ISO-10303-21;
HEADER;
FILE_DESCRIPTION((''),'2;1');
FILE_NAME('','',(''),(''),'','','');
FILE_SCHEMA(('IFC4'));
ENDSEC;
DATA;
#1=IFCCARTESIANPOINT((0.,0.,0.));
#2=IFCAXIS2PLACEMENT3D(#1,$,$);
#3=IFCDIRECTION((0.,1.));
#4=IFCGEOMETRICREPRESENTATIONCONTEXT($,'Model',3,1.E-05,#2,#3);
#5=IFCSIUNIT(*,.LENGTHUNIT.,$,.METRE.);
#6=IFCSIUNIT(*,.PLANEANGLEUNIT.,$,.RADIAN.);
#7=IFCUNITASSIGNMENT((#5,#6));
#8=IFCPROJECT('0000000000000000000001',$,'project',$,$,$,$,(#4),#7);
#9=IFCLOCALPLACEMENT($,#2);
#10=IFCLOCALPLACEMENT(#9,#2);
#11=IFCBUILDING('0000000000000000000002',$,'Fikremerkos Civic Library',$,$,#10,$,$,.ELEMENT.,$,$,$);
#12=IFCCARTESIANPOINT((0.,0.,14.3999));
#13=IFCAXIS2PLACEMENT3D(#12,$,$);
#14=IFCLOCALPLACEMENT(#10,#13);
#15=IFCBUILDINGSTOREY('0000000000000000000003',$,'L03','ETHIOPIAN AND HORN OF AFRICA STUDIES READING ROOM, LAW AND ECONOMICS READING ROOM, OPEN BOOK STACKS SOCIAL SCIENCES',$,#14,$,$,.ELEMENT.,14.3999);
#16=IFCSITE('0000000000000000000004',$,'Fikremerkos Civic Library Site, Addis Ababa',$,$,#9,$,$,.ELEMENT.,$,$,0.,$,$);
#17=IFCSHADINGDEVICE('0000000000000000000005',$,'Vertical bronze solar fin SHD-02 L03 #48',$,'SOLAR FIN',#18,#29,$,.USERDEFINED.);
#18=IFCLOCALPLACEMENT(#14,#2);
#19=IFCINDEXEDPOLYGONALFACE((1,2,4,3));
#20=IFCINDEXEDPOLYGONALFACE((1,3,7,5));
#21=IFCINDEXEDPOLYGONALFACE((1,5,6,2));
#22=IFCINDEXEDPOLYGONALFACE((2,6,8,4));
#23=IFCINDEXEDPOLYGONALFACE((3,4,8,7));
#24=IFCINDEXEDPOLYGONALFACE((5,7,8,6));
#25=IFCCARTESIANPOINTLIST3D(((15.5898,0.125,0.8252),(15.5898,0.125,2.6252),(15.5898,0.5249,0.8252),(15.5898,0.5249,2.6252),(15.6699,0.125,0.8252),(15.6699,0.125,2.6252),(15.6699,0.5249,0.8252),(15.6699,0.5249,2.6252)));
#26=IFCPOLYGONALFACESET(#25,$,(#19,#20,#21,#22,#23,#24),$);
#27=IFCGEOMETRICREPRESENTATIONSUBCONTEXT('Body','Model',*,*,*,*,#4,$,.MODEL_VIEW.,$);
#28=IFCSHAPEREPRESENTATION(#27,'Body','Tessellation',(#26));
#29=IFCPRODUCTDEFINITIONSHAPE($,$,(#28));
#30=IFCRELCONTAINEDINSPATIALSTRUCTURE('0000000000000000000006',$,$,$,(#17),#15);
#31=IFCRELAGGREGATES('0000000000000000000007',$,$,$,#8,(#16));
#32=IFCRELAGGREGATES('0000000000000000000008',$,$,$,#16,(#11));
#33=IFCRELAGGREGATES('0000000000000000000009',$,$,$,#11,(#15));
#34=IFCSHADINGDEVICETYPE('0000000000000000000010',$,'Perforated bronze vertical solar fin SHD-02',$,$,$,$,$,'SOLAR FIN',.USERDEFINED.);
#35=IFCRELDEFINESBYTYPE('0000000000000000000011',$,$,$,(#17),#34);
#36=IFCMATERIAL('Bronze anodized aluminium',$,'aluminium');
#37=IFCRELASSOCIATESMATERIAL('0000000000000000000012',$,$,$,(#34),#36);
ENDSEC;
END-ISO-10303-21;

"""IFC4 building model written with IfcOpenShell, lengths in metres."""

from ifc_helpers import new_model, si_unit, direction, frame, origin, origin_2d, place, context, subcontext, project, spatial, rectangle, extrude, material, type_object, element, save


model = new_model("IFC4")

# Units and contexts
model_context = context("Model", 3, precision=1e-05, world=origin(), true_north=direction((0.0, 1.0)))
body_context = subcontext(model_context, "Body", "Model", "MODEL_VIEW")
ifc_project = project(units=[si_unit("LENGTHUNIT", "METRE"), si_unit("PLANEANGLEUNIT", "RADIAN")], contexts=[model_context])

# Site, building, storey
site_placement = place(None, origin())
site = spatial("IfcSite", under=ifc_project, at=site_placement, Name="Fikremerkos Civic Library Site, Addis Ababa", CompositionType="ELEMENT", RefElevation=0.0)
building_placement = place(site_placement, origin())
building = spatial("IfcBuilding", under=site, at=building_placement, Name="Fikremerkos Civic Library", CompositionType="ELEMENT")
storey_placement = place(building_placement, frame((0.0, 0.0, 14.3999)))
storey = spatial("IfcBuildingStorey", under=building, at=storey_placement, Name="L03", Description="ETHIOPIAN AND HORN OF AFRICA STUDIES READING ROOM, LAW AND ECONOMICS READING ROOM, OPEN BOOK STACKS SOCIAL SCIENCES", CompositionType="ELEMENT", Elevation=14.3999)

# Shading device
ifc_material_1 = material(Name="Bronze anodized aluminium", Category="aluminium")
shading_device_type = type_object("IfcShadingDeviceType", Name="Perforated bronze vertical solar fin SHD-02", ElementType="SOLAR FIN", PredefinedType="USERDEFINED", material=ifc_material_1)
shading_device_placement = place(storey_placement, frame((15.6299, 0.325, 0.8252), z_axis=(0.0, 0.0, 1.0), x_axis=(1.0, 0.0, 0.0)))
element("IfcShadingDevice", 1, at=shading_device_placement, inside=storey, type_object=shading_device_type, Name="Vertical bronze solar fin SHD-02 L03 #48", ObjectType="SOLAR FIN", PredefinedType="USERDEFINED", context=body_context, shape_type="SweptSolid", body=[
    extrude(rectangle(XDim=0.0801, YDim=0.3999, at=origin_2d()), origin(), (0.0, 0.0, 1.0), 1.8),
])

save(model, "model.ifc")
